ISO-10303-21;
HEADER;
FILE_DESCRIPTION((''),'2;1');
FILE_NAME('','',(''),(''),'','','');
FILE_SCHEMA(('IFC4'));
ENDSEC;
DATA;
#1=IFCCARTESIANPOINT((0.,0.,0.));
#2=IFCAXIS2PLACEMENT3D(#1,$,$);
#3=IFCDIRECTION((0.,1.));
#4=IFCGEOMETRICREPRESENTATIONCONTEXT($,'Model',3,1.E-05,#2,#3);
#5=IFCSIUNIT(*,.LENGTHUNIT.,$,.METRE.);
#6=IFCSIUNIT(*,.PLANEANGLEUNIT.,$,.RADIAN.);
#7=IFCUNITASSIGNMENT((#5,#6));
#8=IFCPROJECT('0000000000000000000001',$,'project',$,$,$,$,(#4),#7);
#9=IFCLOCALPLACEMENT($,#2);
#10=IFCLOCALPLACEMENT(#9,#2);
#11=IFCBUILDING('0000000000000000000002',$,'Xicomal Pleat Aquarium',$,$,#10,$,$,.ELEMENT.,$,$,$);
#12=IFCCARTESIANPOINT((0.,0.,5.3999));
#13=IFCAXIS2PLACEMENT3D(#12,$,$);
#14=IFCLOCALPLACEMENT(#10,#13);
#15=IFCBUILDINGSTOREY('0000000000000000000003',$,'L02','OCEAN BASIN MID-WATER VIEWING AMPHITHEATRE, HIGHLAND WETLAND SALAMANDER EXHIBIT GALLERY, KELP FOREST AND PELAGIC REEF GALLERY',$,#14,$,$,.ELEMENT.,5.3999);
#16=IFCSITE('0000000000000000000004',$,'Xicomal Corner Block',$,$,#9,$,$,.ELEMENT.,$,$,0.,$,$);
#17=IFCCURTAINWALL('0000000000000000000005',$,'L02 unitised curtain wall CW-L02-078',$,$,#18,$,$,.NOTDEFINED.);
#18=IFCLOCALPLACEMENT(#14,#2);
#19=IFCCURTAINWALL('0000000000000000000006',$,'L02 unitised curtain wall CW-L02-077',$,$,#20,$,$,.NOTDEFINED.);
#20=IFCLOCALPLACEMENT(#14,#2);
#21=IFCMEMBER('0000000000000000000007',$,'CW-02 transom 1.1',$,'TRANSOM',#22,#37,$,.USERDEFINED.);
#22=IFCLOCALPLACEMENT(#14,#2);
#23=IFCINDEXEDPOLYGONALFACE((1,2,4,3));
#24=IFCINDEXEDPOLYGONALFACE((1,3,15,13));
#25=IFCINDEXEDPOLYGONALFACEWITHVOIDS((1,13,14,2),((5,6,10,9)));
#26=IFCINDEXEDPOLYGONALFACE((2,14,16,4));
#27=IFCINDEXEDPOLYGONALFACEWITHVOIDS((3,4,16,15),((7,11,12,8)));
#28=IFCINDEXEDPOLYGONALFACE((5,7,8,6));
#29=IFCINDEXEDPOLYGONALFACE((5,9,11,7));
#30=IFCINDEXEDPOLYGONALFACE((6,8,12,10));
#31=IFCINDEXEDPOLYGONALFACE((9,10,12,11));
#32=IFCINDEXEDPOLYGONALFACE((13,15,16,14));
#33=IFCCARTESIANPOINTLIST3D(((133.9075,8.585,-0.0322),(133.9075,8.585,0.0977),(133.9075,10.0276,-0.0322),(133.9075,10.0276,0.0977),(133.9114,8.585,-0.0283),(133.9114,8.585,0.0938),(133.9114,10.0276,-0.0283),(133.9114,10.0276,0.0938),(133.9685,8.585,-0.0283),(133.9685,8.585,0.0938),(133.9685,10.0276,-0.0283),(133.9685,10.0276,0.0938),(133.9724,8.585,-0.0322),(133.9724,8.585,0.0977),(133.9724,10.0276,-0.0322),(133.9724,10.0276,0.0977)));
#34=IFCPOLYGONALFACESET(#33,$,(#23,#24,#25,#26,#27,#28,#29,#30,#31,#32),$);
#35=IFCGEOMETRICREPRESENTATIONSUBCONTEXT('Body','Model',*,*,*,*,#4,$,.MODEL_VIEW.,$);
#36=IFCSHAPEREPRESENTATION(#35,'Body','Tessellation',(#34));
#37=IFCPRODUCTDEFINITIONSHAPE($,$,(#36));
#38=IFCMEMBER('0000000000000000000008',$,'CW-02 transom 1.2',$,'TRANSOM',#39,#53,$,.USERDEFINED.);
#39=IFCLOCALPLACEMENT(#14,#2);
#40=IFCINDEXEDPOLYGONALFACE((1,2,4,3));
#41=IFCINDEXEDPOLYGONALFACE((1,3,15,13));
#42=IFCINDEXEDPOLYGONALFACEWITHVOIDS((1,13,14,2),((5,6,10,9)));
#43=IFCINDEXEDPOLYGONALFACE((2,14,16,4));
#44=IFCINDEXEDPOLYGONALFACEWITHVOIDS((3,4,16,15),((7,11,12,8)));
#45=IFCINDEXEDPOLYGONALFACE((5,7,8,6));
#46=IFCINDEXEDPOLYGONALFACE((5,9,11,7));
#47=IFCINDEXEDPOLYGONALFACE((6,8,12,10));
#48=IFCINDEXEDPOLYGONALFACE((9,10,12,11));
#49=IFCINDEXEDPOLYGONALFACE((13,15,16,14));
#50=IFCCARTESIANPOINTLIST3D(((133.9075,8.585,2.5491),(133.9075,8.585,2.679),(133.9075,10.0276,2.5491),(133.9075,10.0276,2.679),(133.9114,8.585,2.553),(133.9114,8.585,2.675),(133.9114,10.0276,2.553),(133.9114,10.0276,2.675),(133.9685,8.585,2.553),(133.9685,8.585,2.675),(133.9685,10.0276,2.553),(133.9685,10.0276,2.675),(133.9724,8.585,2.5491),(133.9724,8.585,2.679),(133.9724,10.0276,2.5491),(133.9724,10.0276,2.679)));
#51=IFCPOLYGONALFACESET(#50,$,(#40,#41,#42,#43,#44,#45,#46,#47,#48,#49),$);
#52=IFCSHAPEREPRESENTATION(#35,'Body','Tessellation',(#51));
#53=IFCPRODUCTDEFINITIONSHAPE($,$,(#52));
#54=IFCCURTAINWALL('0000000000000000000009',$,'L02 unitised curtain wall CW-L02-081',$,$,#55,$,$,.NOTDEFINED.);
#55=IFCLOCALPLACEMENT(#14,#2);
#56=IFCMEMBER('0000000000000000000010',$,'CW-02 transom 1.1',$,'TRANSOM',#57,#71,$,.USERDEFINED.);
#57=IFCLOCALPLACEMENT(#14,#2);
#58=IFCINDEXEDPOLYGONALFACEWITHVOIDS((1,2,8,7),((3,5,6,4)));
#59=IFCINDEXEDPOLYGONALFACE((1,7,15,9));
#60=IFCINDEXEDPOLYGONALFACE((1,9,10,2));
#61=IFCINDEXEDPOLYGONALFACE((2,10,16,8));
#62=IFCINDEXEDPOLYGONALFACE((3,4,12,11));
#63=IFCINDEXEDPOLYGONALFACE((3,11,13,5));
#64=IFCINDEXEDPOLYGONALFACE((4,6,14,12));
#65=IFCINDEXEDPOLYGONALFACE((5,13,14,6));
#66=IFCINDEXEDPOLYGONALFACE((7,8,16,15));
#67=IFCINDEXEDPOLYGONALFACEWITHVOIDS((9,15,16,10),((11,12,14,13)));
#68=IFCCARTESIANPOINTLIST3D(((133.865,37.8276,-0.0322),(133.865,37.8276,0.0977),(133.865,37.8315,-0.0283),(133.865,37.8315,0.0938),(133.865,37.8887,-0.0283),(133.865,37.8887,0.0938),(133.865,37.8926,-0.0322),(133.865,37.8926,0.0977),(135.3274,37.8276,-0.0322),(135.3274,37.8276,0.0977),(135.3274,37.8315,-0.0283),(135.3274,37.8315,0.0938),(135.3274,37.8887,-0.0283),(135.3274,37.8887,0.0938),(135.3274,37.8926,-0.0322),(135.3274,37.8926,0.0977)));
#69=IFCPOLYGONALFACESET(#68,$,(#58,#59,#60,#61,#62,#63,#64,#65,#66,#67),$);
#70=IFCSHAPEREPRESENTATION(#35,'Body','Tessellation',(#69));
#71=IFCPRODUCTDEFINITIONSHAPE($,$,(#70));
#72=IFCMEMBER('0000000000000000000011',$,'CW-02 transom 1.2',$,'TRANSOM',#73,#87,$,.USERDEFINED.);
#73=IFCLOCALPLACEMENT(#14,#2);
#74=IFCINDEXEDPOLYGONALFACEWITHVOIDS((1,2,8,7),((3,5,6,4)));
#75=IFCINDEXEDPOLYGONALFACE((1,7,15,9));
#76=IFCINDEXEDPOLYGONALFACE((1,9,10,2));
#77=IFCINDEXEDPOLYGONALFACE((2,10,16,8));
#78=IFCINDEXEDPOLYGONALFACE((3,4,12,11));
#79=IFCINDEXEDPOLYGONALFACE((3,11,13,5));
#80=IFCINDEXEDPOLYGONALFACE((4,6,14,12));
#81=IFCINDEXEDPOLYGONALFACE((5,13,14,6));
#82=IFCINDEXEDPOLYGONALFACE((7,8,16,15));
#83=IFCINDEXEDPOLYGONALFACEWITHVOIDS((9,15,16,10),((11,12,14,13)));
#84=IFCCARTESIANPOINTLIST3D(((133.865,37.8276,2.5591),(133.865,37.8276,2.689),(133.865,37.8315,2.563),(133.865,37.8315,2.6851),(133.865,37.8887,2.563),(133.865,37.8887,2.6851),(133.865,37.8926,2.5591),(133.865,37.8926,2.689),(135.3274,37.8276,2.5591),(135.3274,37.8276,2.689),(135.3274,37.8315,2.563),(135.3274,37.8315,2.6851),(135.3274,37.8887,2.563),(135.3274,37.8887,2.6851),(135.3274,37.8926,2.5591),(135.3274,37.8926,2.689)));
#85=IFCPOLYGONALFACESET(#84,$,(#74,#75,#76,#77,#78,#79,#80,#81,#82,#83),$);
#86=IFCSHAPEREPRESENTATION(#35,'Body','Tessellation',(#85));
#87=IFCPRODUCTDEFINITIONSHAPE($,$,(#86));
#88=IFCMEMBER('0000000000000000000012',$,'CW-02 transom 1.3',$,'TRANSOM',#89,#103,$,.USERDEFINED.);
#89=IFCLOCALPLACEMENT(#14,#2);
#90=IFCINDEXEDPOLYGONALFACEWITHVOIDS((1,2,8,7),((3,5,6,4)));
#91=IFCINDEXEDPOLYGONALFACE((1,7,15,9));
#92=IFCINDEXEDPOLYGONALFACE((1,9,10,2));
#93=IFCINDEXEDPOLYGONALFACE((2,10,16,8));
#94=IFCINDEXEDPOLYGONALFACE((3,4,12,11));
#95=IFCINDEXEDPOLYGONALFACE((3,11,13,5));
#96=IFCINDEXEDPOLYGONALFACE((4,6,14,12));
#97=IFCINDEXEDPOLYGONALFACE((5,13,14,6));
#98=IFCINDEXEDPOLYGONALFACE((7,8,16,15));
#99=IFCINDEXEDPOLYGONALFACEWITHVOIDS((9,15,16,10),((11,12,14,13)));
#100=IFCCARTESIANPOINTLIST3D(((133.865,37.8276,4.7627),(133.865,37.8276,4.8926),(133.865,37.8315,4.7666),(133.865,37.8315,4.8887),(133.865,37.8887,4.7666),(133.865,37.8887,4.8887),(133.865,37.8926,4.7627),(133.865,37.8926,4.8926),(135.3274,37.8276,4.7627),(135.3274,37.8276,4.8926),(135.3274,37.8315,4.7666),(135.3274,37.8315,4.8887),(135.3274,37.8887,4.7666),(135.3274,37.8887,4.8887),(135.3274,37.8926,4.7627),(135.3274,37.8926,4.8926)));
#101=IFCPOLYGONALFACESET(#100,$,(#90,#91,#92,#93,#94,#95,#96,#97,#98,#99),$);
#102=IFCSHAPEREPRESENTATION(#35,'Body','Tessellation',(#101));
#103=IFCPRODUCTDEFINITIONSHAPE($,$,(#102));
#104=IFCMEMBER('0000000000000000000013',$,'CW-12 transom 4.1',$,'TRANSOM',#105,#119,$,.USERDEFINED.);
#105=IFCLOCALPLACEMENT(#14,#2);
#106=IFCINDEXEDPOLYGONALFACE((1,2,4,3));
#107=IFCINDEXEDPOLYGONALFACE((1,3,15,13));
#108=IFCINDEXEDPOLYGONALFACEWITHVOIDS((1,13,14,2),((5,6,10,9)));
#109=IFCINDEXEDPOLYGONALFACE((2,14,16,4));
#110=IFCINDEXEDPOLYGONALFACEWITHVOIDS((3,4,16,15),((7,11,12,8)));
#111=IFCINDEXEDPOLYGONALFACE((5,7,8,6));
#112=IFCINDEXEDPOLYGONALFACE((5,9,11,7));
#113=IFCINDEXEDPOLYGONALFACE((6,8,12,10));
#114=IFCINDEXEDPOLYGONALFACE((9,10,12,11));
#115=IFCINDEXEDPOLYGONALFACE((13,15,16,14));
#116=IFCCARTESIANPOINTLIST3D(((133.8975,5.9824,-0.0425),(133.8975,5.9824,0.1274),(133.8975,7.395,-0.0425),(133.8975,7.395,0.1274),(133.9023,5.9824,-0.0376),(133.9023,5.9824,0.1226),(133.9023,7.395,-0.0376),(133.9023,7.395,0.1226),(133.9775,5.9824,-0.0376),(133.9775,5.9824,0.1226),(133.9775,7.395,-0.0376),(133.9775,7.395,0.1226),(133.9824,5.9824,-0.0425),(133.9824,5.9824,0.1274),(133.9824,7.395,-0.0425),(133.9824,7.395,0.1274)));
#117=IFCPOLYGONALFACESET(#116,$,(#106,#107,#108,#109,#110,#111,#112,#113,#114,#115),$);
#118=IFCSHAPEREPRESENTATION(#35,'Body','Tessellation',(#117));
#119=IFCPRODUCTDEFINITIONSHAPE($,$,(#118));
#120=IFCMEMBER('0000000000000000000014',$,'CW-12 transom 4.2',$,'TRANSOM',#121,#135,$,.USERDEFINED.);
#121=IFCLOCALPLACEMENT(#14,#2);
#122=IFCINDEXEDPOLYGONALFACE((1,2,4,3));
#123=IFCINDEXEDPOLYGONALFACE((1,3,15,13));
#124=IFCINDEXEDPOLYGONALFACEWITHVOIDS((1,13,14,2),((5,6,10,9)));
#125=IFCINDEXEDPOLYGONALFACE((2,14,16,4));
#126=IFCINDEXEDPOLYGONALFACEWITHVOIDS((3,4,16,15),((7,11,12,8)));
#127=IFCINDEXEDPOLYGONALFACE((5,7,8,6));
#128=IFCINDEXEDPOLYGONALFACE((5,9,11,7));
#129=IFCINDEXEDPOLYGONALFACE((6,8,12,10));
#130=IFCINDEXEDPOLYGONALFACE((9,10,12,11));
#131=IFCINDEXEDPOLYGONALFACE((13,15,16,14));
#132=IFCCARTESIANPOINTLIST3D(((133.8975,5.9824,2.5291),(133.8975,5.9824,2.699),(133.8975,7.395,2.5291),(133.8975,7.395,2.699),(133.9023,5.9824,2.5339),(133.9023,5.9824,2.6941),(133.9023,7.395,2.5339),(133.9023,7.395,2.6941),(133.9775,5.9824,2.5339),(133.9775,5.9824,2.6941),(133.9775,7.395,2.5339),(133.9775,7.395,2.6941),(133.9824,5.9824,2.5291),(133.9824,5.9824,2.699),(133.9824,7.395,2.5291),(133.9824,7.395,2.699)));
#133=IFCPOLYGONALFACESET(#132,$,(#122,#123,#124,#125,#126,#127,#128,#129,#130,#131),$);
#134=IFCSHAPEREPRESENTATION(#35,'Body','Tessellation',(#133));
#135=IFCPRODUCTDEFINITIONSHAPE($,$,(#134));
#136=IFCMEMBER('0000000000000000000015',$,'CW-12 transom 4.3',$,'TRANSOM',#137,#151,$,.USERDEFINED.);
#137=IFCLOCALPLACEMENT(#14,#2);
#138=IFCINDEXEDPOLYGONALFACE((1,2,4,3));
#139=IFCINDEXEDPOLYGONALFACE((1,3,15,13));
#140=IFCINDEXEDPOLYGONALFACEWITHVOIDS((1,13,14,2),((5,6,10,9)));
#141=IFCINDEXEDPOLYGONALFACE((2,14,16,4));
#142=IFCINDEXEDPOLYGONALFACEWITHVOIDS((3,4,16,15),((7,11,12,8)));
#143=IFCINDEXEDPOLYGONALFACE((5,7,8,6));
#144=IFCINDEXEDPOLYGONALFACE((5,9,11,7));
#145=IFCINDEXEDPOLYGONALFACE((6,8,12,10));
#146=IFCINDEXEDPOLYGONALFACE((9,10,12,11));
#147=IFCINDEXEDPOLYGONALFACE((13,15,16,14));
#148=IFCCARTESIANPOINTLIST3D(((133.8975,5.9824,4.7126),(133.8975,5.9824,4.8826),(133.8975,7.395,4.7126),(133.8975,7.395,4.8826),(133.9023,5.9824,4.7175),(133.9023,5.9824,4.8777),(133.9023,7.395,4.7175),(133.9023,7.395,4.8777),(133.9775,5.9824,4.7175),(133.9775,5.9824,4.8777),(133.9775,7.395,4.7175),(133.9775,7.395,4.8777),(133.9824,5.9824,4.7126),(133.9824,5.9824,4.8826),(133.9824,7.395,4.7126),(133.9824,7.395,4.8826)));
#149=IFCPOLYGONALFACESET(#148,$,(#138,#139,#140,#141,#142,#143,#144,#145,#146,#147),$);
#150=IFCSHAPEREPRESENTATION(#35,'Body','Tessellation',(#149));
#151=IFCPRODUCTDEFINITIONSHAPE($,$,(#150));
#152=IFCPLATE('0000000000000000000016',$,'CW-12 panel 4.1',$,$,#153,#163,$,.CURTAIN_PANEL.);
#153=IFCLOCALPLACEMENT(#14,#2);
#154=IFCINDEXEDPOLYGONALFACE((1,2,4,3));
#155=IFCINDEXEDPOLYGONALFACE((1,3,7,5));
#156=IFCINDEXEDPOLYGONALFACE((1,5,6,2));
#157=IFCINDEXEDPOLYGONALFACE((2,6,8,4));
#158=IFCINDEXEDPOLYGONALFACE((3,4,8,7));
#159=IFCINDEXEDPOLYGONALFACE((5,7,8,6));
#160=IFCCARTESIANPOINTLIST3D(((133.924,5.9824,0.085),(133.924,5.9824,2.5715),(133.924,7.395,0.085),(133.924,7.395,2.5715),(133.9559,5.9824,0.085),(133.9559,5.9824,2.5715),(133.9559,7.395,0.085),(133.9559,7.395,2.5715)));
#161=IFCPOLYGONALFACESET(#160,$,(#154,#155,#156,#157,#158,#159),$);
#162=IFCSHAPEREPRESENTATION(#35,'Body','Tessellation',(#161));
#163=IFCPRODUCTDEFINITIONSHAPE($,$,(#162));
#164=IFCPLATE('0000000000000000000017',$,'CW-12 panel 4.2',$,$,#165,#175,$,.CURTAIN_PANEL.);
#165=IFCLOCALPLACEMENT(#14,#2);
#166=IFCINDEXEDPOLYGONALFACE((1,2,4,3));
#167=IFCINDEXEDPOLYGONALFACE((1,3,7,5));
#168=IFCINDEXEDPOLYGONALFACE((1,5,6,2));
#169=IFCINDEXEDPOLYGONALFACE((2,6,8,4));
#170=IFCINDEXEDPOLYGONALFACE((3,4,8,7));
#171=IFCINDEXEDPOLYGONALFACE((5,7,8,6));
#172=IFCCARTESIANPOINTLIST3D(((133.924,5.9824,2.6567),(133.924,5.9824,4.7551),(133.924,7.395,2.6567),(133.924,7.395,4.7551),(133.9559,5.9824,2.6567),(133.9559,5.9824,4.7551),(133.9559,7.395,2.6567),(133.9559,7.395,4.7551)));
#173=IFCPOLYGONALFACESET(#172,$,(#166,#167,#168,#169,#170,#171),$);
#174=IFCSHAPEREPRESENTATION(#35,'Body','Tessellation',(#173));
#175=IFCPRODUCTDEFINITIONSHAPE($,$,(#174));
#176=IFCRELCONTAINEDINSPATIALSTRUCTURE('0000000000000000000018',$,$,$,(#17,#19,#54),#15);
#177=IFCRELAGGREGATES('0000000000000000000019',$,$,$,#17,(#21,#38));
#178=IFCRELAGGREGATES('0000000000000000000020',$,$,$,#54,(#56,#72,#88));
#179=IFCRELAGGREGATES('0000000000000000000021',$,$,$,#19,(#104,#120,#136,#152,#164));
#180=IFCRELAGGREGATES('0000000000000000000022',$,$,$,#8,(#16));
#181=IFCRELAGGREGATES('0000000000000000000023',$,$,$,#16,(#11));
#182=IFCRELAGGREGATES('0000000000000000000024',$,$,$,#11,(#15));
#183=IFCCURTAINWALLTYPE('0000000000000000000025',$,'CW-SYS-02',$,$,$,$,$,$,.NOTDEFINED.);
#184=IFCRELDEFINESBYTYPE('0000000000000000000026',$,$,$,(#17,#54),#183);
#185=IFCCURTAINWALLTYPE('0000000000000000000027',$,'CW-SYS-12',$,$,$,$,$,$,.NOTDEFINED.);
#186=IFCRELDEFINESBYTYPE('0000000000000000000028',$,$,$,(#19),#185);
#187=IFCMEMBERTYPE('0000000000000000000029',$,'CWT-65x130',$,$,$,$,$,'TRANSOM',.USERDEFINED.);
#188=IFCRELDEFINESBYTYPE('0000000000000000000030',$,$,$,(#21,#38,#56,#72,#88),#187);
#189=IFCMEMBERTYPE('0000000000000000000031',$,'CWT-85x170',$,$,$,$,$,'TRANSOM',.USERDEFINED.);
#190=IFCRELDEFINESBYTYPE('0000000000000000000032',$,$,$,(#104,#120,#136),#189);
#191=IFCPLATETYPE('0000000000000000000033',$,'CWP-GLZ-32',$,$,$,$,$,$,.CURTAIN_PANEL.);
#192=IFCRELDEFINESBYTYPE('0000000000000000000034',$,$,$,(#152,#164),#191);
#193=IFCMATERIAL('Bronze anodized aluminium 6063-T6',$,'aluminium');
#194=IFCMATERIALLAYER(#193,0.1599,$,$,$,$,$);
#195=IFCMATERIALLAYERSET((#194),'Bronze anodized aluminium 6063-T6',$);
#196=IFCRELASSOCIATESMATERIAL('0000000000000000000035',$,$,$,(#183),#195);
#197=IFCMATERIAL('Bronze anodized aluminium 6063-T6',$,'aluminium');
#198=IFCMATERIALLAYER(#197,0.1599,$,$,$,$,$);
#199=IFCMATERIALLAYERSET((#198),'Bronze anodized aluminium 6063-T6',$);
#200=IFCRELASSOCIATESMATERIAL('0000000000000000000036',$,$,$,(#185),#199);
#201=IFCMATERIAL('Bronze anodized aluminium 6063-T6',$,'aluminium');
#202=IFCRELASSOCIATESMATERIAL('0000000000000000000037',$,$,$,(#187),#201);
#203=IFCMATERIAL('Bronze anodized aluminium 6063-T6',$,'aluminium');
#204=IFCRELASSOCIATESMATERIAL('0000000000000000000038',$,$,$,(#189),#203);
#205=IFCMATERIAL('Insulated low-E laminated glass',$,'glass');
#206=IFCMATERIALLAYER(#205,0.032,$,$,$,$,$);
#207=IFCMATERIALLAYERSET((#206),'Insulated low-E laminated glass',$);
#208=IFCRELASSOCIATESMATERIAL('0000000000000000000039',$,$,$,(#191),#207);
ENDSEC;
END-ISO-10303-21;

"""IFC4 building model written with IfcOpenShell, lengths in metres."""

from ifc_helpers import new_model, si_unit, direction, frame, origin, origin_2d, place, context, subcontext, project, spatial, rectangle, hollow_rectangle, extrude, material, layer, layer_set, material_profile, profile_set, type_object, element, aggregate, save


model = new_model("IFC4")

# Units and contexts
model_context = context("Model", 3, precision=1e-05, world=origin(), true_north=direction((0.0, 1.0)))
body_context = subcontext(model_context, "Body", "Model", "MODEL_VIEW")
ifc_project = project(units=[si_unit("LENGTHUNIT", "METRE"), si_unit("PLANEANGLEUNIT", "RADIAN")], contexts=[model_context])

# Site, building, storey
site_placement = place(None, origin())
site = spatial("IfcSite", under=ifc_project, at=site_placement, Name="Xicomal Corner Block", CompositionType="ELEMENT", RefElevation=0.0)
building_placement = place(site_placement, origin())
building = spatial("IfcBuilding", under=site, at=building_placement, Name="Xicomal Pleat Aquarium", CompositionType="ELEMENT")
storey_placement = place(building_placement, frame((0.0, 0.0, 5.3999)))
storey = spatial("IfcBuildingStorey", under=building, at=storey_placement, Name="L02", Description="OCEAN BASIN MID-WATER VIEWING AMPHITHEATRE, HIGHLAND WETLAND SALAMANDER EXHIBIT GALLERY, KELP FOREST AND PELAGIC REEF GALLERY", CompositionType="ELEMENT", Elevation=5.3999)

# Curtain walls
ifc_material_1 = material(Name="Bronze anodized aluminium 6063-T6", Category="aluminium")
ifc_layer_1 = layer(ifc_material_1, 0.1599)
ifc_layer_set_1 = layer_set([ifc_layer_1], Name="Bronze anodized aluminium 6063-T6")
curtain_wall_type_1 = type_object("IfcCurtainWallType", Name="CW-SYS-02", PredefinedType="NOTDEFINED", material=ifc_layer_set_1)
curtain_wall_1_placement = place(storey_placement, origin())
curtain_wall_1 = element("IfcCurtainWall", 1, at=curtain_wall_1_placement, inside=storey, type_object=curtain_wall_type_1, Name="L02 unitised curtain wall CW-L02-078", PredefinedType="NOTDEFINED")
ifc_material_2 = material(Name="Bronze anodized aluminium 6063-T6", Category="aluminium")
ifc_layer_2 = layer(ifc_material_2, 0.1599)
ifc_layer_set_2 = layer_set([ifc_layer_2], Name="Bronze anodized aluminium 6063-T6")
curtain_wall_type_2 = type_object("IfcCurtainWallType", Name="CW-SYS-12", PredefinedType="NOTDEFINED", material=ifc_layer_set_2)
curtain_wall_2_placement = place(storey_placement, origin())
curtain_wall_2 = element("IfcCurtainWall", 2, at=curtain_wall_2_placement, inside=storey, type_object=curtain_wall_type_2, Name="L02 unitised curtain wall CW-L02-077", PredefinedType="NOTDEFINED")

# Members
ifc_material_3 = material(Name="Bronze anodized aluminium 6063-T6", Category="aluminium")
ifc_material_profile_1 = material_profile(ifc_material_3, hollow_rectangle(XDim=0.0649, YDim=0.1299, WallThickness=0.0039, at=origin_2d()), Name="ALU TRAN 65x130")
ifc_profile_set_1 = profile_set([ifc_material_profile_1], Name="Bronze anodized aluminium 6063-T6")
member_type_1 = type_object("IfcMemberType", Name="CWT-65x130", ElementType="TRANSOM", PredefinedType="USERDEFINED", material=ifc_profile_set_1)
member_1_placement = place(storey_placement, frame((133.9399, 8.585, 0.0327), z_axis=(0.0, 1.0, 0.0), x_axis=(-1.0, 0.0, 0.0)))
member_1 = element("IfcMember", 3, at=member_1_placement, type_object=member_type_1, Name="CW-02 transom 1.1", ObjectType="TRANSOM", PredefinedType="USERDEFINED", context=body_context, shape_type="SweptSolid", body=[
    extrude(hollow_rectangle(XDim=0.0649, YDim=0.1299, WallThickness=0.0039, at=origin_2d()), origin(), (0.0, 0.0, 1.0), 1.4426),
])
member_2_placement = place(storey_placement, frame((133.9399, 8.585, 2.614), z_axis=(0.0, 1.0, 0.0), x_axis=(-1.0, 0.0, 0.0)))
member_2 = element("IfcMember", 4, at=member_2_placement, type_object=member_type_1, Name="CW-02 transom 1.2", ObjectType="TRANSOM", PredefinedType="USERDEFINED", context=body_context, shape_type="SweptSolid", body=[
    extrude(hollow_rectangle(XDim=0.0649, YDim=0.1299, WallThickness=0.0039, at=origin_2d()), origin(), (0.0, 0.0, 1.0), 1.4426),
])
aggregate(curtain_wall_1, [member_1, member_2])

# Curtain wall, members
curtain_wall_3_placement = place(storey_placement, origin())
curtain_wall_3 = element("IfcCurtainWall", 5, at=curtain_wall_3_placement, inside=storey, type_object=curtain_wall_type_1, Name="L02 unitised curtain wall CW-L02-081", PredefinedType="NOTDEFINED")
member_3_placement = place(storey_placement, frame((133.865, 37.8601, 0.0327), z_axis=(1.0, 0.0, 0.0), x_axis=(0.0, 1.0, 0.0)))
member_3 = element("IfcMember", 6, at=member_3_placement, type_object=member_type_1, Name="CW-02 transom 1.1", ObjectType="TRANSOM", PredefinedType="USERDEFINED", context=body_context, shape_type="SweptSolid", body=[
    extrude(hollow_rectangle(XDim=0.0649, YDim=0.1299, WallThickness=0.0039, at=origin_2d()), origin(), (0.0, 0.0, 1.0), 1.4624),
])
member_4_placement = place(storey_placement, frame((133.865, 37.8601, 2.624), z_axis=(1.0, 0.0, 0.0), x_axis=(0.0, 1.0, 0.0)))
member_4 = element("IfcMember", 7, at=member_4_placement, type_object=member_type_1, Name="CW-02 transom 1.2", ObjectType="TRANSOM", PredefinedType="USERDEFINED", context=body_context, shape_type="SweptSolid", body=[
    extrude(hollow_rectangle(XDim=0.0649, YDim=0.1299, WallThickness=0.0039, at=origin_2d()), origin(), (0.0, 0.0, 1.0), 1.4624),
])
member_5_placement = place(storey_placement, frame((133.865, 37.8601, 4.8276), z_axis=(1.0, 0.0, 0.0), x_axis=(0.0, 1.0, 0.0)))
member_5 = element("IfcMember", 8, at=member_5_placement, type_object=member_type_1, Name="CW-02 transom 1.3", ObjectType="TRANSOM", PredefinedType="USERDEFINED", context=body_context, shape_type="SweptSolid", body=[
    extrude(hollow_rectangle(XDim=0.0649, YDim=0.1299, WallThickness=0.0039, at=origin_2d()), origin(), (0.0, 0.0, 1.0), 1.4624),
])
aggregate(curtain_wall_3, [member_3, member_4, member_5])

# Members
ifc_material_4 = material(Name="Bronze anodized aluminium 6063-T6", Category="aluminium")
ifc_material_profile_2 = material_profile(ifc_material_4, hollow_rectangle(XDim=0.085, YDim=0.1699, WallThickness=0.0049, at=origin_2d()), Name="ALU TRAN 85x170")
ifc_profile_set_2 = profile_set([ifc_material_profile_2], Name="Bronze anodized aluminium 6063-T6")
member_type_2 = type_object("IfcMemberType", Name="CWT-85x170", ElementType="TRANSOM", PredefinedType="USERDEFINED", material=ifc_profile_set_2)
member_6_placement = place(storey_placement, frame((133.9399, 5.9824, 0.0425), z_axis=(0.0, 1.0, 0.0), x_axis=(-1.0, 0.0, 0.0)))
member_6 = element("IfcMember", 9, at=member_6_placement, type_object=member_type_2, Name="CW-12 transom 4.1", ObjectType="TRANSOM", PredefinedType="USERDEFINED", context=body_context, shape_type="SweptSolid", body=[
    extrude(hollow_rectangle(XDim=0.085, YDim=0.1699, WallThickness=0.0049, at=origin_2d()), origin(), (0.0, 0.0, 1.0), 1.4126),
])
member_7_placement = place(storey_placement, frame((133.9399, 5.9824, 2.614), z_axis=(0.0, 1.0, 0.0), x_axis=(-1.0, 0.0, 0.0)))
member_7 = element("IfcMember", 10, at=member_7_placement, type_object=member_type_2, Name="CW-12 transom 4.2", ObjectType="TRANSOM", PredefinedType="USERDEFINED", context=body_context, shape_type="SweptSolid", body=[
    extrude(hollow_rectangle(XDim=0.085, YDim=0.1699, WallThickness=0.0049, at=origin_2d()), origin(), (0.0, 0.0, 1.0), 1.4126),
])
member_8_placement = place(storey_placement, frame((133.9399, 5.9824, 4.7976), z_axis=(0.0, 1.0, 0.0), x_axis=(-1.0, 0.0, 0.0)))
member_8 = element("IfcMember", 11, at=member_8_placement, type_object=member_type_2, Name="CW-12 transom 4.3", ObjectType="TRANSOM", PredefinedType="USERDEFINED", context=body_context, shape_type="SweptSolid", body=[
    extrude(hollow_rectangle(XDim=0.085, YDim=0.1699, WallThickness=0.0049, at=origin_2d()), origin(), (0.0, 0.0, 1.0), 1.4126),
])

# Plates
ifc_material_5 = material(Name="Insulated low-E laminated glass", Category="glass")
ifc_layer_3 = layer(ifc_material_5, 0.032)
ifc_layer_set_3 = layer_set([ifc_layer_3], Name="Insulated low-E laminated glass")
plate_type = type_object("IfcPlateType", Name="CWP-GLZ-32", PredefinedType="CURTAIN_PANEL", material=ifc_layer_set_3)
plate_1_placement = place(storey_placement, frame((133.9399, 6.6887, 0.085), z_axis=(0.0, 0.0, 1.0), x_axis=(0.0, 1.0, 0.0)))
plate_1 = element("IfcPlate", 12, at=plate_1_placement, type_object=plate_type, Name="CW-12 panel 4.1", PredefinedType="CURTAIN_PANEL", context=body_context, shape_type="SweptSolid", body=[
    extrude(rectangle(XDim=1.4126, YDim=0.032, at=origin_2d()), origin(), (0.0, 0.0, 1.0), 2.4866),
])
plate_2_placement = place(storey_placement, frame((133.9399, 6.6887, 2.6567), z_axis=(0.0, 0.0, 1.0), x_axis=(0.0, 1.0, 0.0)))
plate_2 = element("IfcPlate", 13, at=plate_2_placement, type_object=plate_type, Name="CW-12 panel 4.2", PredefinedType="CURTAIN_PANEL", context=body_context, shape_type="SweptSolid", body=[
    extrude(rectangle(XDim=1.4126, YDim=0.032, at=origin_2d()), origin(), (0.0, 0.0, 1.0), 2.0984),
])
aggregate(curtain_wall_2, [member_6, member_7, member_8, plate_1, plate_2])

save(model, "model.ifc")
